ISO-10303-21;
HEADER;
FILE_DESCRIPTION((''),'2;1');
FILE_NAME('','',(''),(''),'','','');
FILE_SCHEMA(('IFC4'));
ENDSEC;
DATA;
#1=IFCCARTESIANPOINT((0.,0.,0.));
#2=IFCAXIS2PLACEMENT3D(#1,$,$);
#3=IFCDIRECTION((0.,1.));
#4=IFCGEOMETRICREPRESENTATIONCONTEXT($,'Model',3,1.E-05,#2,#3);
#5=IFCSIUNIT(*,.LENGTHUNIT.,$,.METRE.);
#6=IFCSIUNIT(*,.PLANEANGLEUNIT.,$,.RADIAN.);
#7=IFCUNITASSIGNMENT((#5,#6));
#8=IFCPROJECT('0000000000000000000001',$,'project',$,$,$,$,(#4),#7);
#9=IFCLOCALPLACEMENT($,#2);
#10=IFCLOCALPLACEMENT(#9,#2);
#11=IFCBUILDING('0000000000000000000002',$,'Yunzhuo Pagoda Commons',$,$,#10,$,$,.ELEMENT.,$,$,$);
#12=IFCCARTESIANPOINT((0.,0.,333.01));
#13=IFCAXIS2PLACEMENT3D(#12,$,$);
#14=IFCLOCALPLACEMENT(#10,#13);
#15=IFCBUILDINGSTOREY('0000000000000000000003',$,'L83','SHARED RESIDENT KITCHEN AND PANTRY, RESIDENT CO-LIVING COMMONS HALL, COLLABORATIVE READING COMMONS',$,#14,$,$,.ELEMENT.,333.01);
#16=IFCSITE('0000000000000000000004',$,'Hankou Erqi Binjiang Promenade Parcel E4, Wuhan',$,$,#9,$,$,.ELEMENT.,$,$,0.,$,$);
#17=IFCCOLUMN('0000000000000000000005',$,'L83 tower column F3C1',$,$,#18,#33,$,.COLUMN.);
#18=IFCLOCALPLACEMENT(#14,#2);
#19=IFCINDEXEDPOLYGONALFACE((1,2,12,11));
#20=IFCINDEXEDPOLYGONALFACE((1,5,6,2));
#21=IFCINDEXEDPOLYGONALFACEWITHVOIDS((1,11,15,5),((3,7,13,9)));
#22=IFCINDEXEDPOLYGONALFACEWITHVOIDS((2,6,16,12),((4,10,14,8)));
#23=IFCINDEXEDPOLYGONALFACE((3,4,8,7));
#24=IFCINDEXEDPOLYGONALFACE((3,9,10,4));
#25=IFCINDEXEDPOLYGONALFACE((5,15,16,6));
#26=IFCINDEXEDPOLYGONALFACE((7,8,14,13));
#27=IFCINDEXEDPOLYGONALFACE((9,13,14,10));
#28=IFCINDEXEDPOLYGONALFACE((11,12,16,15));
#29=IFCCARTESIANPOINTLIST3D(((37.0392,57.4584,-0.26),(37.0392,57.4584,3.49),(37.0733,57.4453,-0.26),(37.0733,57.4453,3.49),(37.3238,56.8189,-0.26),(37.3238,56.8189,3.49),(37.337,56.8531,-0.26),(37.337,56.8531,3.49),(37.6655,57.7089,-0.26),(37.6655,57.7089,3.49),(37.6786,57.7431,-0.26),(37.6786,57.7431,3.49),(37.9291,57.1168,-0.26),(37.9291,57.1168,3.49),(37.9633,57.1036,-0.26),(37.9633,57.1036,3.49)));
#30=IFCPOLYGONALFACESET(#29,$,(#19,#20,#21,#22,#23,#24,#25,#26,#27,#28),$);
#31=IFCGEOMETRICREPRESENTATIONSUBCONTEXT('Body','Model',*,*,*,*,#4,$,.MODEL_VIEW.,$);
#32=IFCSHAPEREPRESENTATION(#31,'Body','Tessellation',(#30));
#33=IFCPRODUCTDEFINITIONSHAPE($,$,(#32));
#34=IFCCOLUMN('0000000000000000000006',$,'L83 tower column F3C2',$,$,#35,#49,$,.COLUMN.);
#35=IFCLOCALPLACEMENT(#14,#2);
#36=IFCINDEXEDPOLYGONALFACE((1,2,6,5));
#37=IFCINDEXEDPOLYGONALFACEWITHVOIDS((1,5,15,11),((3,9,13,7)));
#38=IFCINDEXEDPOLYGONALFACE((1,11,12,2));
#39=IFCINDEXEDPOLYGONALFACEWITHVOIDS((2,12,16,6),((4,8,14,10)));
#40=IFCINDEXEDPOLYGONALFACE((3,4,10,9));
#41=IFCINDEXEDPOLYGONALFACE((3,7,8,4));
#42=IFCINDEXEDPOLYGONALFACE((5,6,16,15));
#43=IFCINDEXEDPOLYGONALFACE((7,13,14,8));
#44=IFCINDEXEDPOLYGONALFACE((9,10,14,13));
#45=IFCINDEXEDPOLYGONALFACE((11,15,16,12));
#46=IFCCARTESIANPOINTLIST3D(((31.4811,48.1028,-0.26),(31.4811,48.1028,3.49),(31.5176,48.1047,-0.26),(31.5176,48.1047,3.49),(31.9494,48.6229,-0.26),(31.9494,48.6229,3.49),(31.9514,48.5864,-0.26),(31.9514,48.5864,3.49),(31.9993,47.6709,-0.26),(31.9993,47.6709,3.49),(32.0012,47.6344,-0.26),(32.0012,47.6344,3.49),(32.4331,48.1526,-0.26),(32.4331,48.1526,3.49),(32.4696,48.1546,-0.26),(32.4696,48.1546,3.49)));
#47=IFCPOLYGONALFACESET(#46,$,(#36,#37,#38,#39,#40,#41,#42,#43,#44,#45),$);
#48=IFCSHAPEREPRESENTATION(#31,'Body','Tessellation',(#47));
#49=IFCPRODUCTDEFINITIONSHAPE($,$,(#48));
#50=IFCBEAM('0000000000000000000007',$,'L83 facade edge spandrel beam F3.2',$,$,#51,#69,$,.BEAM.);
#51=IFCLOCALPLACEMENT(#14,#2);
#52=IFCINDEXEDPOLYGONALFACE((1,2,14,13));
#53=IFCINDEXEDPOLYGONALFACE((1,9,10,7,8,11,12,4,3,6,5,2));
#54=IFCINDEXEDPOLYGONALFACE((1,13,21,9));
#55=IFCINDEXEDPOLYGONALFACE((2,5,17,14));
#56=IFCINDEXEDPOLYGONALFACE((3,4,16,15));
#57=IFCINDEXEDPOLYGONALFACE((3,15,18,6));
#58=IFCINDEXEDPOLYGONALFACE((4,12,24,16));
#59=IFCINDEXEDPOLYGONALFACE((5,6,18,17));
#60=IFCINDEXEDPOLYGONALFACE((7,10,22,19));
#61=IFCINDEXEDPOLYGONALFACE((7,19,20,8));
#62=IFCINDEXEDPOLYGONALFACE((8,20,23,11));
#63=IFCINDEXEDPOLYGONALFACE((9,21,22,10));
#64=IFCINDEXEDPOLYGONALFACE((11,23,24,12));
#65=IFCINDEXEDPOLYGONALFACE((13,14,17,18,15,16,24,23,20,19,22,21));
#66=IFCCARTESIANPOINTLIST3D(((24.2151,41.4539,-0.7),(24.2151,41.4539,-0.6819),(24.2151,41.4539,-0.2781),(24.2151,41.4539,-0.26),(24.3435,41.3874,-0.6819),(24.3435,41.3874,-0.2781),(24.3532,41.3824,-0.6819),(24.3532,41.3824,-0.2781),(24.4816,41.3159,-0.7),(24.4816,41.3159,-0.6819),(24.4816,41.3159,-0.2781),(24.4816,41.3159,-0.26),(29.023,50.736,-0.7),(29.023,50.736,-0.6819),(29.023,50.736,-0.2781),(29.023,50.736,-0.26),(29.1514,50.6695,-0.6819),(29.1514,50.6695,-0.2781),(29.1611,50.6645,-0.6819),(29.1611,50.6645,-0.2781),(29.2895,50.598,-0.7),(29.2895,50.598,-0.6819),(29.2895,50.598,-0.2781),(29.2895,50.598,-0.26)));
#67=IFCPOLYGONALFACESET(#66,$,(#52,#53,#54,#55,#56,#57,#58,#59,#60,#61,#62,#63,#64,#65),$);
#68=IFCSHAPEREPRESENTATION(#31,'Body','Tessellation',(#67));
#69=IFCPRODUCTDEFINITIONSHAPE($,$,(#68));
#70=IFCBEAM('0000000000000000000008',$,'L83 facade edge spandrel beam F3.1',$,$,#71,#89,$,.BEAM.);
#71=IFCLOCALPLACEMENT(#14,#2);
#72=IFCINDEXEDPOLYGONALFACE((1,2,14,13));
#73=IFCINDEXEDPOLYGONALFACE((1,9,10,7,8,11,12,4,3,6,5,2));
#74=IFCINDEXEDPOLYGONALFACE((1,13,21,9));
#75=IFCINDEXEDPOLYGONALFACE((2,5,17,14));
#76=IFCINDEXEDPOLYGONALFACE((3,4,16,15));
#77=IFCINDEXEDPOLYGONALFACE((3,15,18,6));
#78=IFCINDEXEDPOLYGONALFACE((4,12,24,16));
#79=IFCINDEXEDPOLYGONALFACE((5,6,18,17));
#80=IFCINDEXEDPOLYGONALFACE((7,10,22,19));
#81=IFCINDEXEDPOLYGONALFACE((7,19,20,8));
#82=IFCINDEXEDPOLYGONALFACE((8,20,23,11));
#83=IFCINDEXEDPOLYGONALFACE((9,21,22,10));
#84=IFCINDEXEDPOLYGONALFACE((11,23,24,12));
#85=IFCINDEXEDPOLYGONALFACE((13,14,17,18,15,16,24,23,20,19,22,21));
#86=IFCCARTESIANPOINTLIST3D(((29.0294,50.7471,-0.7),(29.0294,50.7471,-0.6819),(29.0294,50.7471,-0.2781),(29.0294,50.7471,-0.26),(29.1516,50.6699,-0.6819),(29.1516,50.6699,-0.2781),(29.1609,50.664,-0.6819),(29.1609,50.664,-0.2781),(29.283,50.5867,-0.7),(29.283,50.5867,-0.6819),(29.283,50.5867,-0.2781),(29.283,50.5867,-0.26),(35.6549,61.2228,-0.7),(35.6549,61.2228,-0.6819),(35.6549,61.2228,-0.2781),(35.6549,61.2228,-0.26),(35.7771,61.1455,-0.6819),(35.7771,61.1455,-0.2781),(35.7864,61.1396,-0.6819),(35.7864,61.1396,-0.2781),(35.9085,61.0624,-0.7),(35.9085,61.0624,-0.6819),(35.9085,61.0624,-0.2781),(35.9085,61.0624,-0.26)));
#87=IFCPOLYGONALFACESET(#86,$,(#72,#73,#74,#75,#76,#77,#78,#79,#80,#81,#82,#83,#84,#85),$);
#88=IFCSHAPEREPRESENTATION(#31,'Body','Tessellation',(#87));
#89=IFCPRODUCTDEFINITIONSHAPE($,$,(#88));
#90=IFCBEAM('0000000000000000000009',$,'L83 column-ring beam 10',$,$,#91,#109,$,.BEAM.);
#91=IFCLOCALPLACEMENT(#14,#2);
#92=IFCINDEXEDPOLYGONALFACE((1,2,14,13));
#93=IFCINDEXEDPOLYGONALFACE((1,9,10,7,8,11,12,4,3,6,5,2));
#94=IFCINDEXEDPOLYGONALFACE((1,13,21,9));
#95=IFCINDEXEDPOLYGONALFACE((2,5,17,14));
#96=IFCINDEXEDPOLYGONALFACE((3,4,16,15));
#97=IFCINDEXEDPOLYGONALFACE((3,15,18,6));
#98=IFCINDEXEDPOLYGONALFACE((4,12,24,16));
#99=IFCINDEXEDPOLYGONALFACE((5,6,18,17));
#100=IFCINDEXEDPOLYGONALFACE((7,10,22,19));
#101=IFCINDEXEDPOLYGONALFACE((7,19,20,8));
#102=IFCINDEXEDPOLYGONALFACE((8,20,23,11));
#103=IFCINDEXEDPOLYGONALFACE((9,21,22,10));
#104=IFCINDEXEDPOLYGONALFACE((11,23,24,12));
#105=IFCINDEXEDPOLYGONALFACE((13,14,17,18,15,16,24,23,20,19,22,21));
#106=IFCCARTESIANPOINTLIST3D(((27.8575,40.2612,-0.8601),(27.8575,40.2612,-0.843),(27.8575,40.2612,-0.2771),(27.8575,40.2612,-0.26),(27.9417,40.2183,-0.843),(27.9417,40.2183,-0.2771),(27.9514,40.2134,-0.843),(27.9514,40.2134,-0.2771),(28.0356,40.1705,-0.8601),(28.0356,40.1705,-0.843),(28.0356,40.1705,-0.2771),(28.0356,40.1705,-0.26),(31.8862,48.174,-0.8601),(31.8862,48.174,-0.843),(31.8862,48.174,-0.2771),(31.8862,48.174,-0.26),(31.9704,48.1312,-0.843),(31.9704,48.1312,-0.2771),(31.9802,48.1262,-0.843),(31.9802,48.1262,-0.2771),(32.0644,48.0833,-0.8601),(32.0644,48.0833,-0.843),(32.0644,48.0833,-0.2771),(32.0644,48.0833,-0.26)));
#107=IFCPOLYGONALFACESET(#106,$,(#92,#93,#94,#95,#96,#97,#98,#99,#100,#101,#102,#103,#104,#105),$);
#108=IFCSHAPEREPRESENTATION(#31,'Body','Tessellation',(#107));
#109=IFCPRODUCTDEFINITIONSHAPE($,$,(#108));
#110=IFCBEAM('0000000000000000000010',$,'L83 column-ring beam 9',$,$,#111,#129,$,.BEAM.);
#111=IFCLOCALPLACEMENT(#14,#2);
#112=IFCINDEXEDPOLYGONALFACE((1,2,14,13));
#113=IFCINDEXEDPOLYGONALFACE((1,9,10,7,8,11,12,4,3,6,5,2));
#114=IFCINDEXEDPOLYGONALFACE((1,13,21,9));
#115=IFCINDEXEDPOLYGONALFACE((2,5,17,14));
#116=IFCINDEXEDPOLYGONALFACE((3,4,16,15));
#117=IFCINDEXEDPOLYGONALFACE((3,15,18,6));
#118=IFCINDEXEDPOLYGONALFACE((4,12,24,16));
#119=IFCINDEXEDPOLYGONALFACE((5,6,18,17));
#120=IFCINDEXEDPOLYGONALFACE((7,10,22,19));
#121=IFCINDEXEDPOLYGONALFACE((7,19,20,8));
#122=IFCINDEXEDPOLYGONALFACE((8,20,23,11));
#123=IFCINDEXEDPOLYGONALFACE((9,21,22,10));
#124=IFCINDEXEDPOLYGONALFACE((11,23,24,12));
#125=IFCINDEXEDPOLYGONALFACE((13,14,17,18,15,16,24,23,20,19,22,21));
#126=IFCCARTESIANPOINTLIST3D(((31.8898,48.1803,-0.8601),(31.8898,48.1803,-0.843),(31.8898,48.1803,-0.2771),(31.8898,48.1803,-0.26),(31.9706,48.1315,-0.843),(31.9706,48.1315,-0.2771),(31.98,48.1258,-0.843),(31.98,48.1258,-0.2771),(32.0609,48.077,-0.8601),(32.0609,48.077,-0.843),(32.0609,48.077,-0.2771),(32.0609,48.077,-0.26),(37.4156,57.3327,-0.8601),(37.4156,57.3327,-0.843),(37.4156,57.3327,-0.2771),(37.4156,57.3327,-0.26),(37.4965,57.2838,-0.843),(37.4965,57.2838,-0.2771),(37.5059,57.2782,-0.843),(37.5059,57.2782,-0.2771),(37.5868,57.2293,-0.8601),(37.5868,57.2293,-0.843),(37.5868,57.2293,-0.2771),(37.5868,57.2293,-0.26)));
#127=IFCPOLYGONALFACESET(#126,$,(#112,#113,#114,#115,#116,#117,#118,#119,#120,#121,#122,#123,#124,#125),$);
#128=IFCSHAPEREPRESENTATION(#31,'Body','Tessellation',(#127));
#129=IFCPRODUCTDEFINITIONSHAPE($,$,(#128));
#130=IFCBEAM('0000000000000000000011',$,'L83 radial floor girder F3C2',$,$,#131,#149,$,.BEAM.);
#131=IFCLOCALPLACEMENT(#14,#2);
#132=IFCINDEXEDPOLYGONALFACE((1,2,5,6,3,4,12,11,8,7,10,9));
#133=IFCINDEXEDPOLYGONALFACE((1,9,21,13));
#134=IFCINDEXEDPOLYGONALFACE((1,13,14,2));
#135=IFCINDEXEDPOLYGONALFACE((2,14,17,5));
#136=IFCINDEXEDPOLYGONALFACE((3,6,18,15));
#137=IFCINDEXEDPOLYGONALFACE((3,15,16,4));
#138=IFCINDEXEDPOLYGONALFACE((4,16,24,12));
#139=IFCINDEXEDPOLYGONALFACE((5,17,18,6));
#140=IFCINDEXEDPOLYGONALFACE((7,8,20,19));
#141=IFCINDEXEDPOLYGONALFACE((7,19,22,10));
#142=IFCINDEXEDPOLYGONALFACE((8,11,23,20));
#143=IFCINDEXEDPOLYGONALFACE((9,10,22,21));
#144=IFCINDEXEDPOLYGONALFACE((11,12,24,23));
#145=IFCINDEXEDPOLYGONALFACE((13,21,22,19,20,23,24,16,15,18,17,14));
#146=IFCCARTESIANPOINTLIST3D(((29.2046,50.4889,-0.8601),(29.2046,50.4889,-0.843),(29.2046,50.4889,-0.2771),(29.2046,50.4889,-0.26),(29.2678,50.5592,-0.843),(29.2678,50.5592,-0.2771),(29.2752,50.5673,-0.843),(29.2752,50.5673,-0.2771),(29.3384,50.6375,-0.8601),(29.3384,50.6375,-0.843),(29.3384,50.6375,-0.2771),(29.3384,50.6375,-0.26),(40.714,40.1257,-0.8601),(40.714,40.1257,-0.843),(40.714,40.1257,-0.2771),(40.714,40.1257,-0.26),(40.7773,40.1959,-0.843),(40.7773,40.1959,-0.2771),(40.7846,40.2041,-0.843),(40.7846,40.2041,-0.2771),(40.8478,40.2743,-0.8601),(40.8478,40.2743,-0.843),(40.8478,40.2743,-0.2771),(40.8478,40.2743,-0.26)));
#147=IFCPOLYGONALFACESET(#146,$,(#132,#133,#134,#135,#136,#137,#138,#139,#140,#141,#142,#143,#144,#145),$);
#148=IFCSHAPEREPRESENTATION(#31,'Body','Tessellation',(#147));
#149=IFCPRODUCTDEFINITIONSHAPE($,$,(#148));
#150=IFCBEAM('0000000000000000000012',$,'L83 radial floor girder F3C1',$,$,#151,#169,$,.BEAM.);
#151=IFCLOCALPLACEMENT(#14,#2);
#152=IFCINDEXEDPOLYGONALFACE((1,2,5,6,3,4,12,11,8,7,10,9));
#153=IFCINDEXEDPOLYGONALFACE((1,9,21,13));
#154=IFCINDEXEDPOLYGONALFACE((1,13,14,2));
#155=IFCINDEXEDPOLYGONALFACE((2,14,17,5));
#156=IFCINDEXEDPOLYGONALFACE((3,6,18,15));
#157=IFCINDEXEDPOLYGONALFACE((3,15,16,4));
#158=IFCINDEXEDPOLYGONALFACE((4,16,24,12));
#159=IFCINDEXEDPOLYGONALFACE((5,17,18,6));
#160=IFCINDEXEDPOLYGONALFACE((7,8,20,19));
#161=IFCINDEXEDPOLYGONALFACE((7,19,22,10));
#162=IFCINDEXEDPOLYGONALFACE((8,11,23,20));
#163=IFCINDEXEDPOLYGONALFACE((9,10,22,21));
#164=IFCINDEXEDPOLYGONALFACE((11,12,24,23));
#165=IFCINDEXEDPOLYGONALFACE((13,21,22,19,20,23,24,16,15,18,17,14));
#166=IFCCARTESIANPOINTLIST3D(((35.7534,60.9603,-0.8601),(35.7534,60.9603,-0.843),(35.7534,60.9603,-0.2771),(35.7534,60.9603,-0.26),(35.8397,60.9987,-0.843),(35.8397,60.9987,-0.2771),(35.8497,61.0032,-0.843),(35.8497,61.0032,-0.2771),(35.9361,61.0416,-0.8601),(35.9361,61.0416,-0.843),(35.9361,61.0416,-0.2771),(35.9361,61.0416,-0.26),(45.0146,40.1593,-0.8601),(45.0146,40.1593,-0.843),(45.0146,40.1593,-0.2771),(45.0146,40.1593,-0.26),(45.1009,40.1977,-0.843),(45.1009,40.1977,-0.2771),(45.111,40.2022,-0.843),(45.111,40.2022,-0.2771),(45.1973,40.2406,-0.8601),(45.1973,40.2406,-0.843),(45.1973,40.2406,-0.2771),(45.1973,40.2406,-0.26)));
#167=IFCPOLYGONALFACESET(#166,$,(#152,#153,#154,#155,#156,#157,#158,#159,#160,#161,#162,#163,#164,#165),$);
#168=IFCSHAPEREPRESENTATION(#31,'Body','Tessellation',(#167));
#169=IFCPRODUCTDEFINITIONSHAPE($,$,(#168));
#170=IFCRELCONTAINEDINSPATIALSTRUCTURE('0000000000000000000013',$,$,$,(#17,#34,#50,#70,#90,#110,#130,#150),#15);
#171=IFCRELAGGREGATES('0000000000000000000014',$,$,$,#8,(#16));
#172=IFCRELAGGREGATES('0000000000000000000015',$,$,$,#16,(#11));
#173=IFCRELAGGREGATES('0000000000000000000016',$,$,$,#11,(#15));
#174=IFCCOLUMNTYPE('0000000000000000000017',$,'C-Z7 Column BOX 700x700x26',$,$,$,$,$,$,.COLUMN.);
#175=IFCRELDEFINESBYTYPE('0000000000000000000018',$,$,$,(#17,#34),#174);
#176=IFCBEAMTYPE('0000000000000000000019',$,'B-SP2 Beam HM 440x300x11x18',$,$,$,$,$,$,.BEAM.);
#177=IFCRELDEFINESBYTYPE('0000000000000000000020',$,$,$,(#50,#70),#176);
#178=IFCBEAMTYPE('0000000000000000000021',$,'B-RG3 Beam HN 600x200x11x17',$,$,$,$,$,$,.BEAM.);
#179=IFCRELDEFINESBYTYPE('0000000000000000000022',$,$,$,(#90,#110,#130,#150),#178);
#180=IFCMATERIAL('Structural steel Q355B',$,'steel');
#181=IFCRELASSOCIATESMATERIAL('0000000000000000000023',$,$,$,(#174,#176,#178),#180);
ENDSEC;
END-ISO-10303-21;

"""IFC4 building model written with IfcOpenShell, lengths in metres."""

from ifc_helpers import new_model, si_unit, direction, frame, origin, origin_2d, place, context, subcontext, project, spatial, hollow_rectangle, i_section, extrude, source, transform, mapped, material, material_profile, profile_set, type_object, element, save


model = new_model("IFC4")

# Units and contexts
model_context = context("Model", 3, precision=1e-05, world=origin(), true_north=direction((0.0, 1.0)))
body_context = subcontext(model_context, "Body", "Model", "MODEL_VIEW")
ifc_project = project(units=[si_unit("LENGTHUNIT", "METRE"), si_unit("PLANEANGLEUNIT", "RADIAN")], contexts=[model_context])

# Site, building, storey
site_placement = place(None, origin())
site = spatial("IfcSite", under=ifc_project, at=site_placement, Name="Hankou Erqi Binjiang Promenade Parcel E4, Wuhan", CompositionType="ELEMENT", RefElevation=0.0)
building_placement = place(site_placement, origin())
building = spatial("IfcBuilding", under=site, at=building_placement, Name="Yunzhuo Pagoda Commons", CompositionType="ELEMENT")
storey_placement = place(building_placement, frame((0.0, 0.0, 333.01)))
storey = spatial("IfcBuildingStorey", under=building, at=storey_placement, Name="L83", Description="SHARED RESIDENT KITCHEN AND PANTRY, RESIDENT CO-LIVING COMMONS HALL, COLLABORATIVE READING COMMONS", CompositionType="ELEMENT", Elevation=333.01)

# Columns
ifc_material_1 = material(Name="Structural steel Q355B", Category="steel")
ifc_material_profile_1 = material_profile(ifc_material_1, hollow_rectangle(XDim=0.7, YDim=0.7, WallThickness=0.0259, at=origin_2d()), Name="Structural steel Q355B")
ifc_profile_set_1 = profile_set([ifc_material_profile_1], Name="Structural steel Q355B")
column_type = type_object("IfcColumnType", Name="C-Z7 Column BOX 700x700x26", PredefinedType="COLUMN", material=ifc_profile_set_1)
shared_shape_1 = source(origin(), body_context, "Body", "SweptSolid", [
    extrude(hollow_rectangle(XDim=0.7, YDim=0.7, WallThickness=0.0259, at=origin_2d()), origin(), (0.0, 0.0, 1.0), 3.75),
])
for number, where, z_axis, x_axis, name in (
    (1, (37.5012, 57.281, -0.26), (0.0, 0.0, 1.0), (-0.913545, -0.406737, 0.0), "L83 tower column F3C1"),
    (2, (31.9753, 48.1287, -0.26), (0.0, 0.0, 1.0), (-0.669131, -0.743145, 0.0), "L83 tower column F3C2"),
):
    element("IfcColumn", number, at=place(storey_placement, frame(where, z_axis=z_axis, x_axis=x_axis)), inside=storey, type_object=column_type, Name=name, PredefinedType="COLUMN", context=body_context, shape_type="MappedRepresentation", body=[
        mapped(shared_shape_1, transform((0.0, 0.0, 0.0), scale=1.0)),
    ])

# Beams
ifc_material_profile_2 = material_profile(ifc_material_1, i_section(OverallWidth=0.3, OverallDepth=0.4399, WebThickness=0.011, FlangeThickness=0.0181, at=origin_2d()), Name="Structural steel Q355B")
ifc_profile_set_2 = profile_set([ifc_material_profile_2], Name="Structural steel Q355B")
beam_type_1 = type_object("IfcBeamType", Name="B-SP2 Beam HM 440x300x11x18", PredefinedType="BEAM", material=ifc_profile_set_2)
shared_shape_2 = source(origin(), body_context, "Body", "SweptSolid", [
    extrude(i_section(OverallWidth=0.3, OverallDepth=0.4399, WebThickness=0.011, FlangeThickness=0.0181, at=origin_2d()), origin(), (0.0, 0.0, 1.0), 10.4534),
])
beam_1_placement = place(storey_placement, frame((29.1562, 50.667, -0.48), z_axis=(-0.459939, -0.887951, 0.0), x_axis=(0.887951, -0.459939, 0.0)))
element("IfcBeam", 3, at=beam_1_placement, inside=storey, type_object=beam_type_1, Name="L83 facade edge spandrel beam F3.2", PredefinedType="BEAM", context=body_context, shape_type="MappedRepresentation", body=[
    mapped(shared_shape_2, transform((0.0, 0.0, 0.0), scale=1.0)),
])
shared_shape_3 = source(origin(), body_context, "Body", "SweptSolid", [
    extrude(i_section(OverallWidth=0.3, OverallDepth=0.4399, WebThickness=0.011, FlangeThickness=0.0181, at=origin_2d()), origin(), (0.0, 0.0, 1.0), 12.395),
])
beam_2_placement = place(storey_placement, frame((35.7817, 61.1426, -0.48), z_axis=(-0.534531, -0.845149, 0.0), x_axis=(0.845149, -0.534531, 0.0)))
element("IfcBeam", 4, at=beam_2_placement, inside=storey, type_object=beam_type_1, Name="L83 facade edge spandrel beam F3.1", PredefinedType="BEAM", context=body_context, shape_type="MappedRepresentation", body=[
    mapped(shared_shape_3, transform((0.0, 0.0, 0.0), scale=1.0)),
])
ifc_material_profile_3 = material_profile(ifc_material_1, i_section(OverallWidth=0.2, OverallDepth=0.6001, WebThickness=0.011, FlangeThickness=0.0171, at=origin_2d()), Name="Structural steel Q355B")
ifc_profile_set_3 = profile_set([ifc_material_profile_3], Name="Structural steel Q355B")
beam_type_2 = type_object("IfcBeamType", Name="B-RG3 Beam HN 600x200x11x17", PredefinedType="BEAM", material=ifc_profile_set_3)
shared_shape_4 = source(origin(), body_context, "Body", "SweptSolid", [
    extrude(i_section(OverallWidth=0.2, OverallDepth=0.6001, WebThickness=0.011, FlangeThickness=0.0171, at=origin_2d()), origin(), (0.0, 0.0, 1.0), 8.8794),
])
beam_3_placement = place(storey_placement, frame((31.9753, 48.1287, -0.5601), z_axis=(-0.453724, -0.891142, 0.0), x_axis=(0.891142, -0.453724, 0.0)))
element("IfcBeam", 5, at=beam_3_placement, inside=storey, type_object=beam_type_2, Name="L83 column-ring beam 10", PredefinedType="BEAM", context=body_context, shape_type="MappedRepresentation", body=[
    mapped(shared_shape_4, transform((0.0, 0.0, 0.0), scale=1.0)),
])
shared_shape_5 = source(origin(), body_context, "Body", "SweptSolid", [
    extrude(i_section(OverallWidth=0.2, OverallDepth=0.6001, WebThickness=0.011, FlangeThickness=0.0171, at=origin_2d()), origin(), (0.0, 0.0, 1.0), 10.6912),
])
beam_4_placement = place(storey_placement, frame((37.5012, 57.281, -0.5601), z_axis=(-0.516865, -0.856067, 0.0), x_axis=(0.856067, -0.516865, 0.0)))
element("IfcBeam", 6, at=beam_4_placement, inside=storey, type_object=beam_type_2, Name="L83 column-ring beam 9", PredefinedType="BEAM", context=body_context, shape_type="MappedRepresentation", body=[
    mapped(shared_shape_5, transform((0.0, 0.0, 0.0), scale=1.0)),
])
shared_shape_6 = source(origin(), body_context, "Body", "SweptSolid", [
    extrude(i_section(OverallWidth=0.2, OverallDepth=0.6001, WebThickness=0.011, FlangeThickness=0.0171, at=origin_2d()), origin(), (0.0, 0.0, 1.0), 15.4875),
])
beam_5_placement = place(storey_placement, frame((29.2715, 50.5632, -0.5601), z_axis=(0.743143, -0.669133, 0.0), x_axis=(0.669133, 0.743143, 0.0)))
element("IfcBeam", 7, at=beam_5_placement, inside=storey, type_object=beam_type_2, Name="L83 radial floor girder F3C2", PredefinedType="BEAM", context=body_context, shape_type="MappedRepresentation", body=[
    mapped(shared_shape_6, transform((0.0, 0.0, 0.0), scale=1.0)),
])
shared_shape_7 = source(origin(), body_context, "Body", "SweptSolid", [
    extrude(i_section(OverallWidth=0.2, OverallDepth=0.6001, WebThickness=0.011, FlangeThickness=0.0171, at=origin_2d()), origin(), (0.0, 0.0, 1.0), 22.7695),
])
beam_6_placement = place(storey_placement, frame((35.8447, 61.001, -0.5601), z_axis=(0.406737, -0.913545, 0.0), x_axis=(0.913545, 0.406737, 0.0)))
element("IfcBeam", 8, at=beam_6_placement, inside=storey, type_object=beam_type_2, Name="L83 radial floor girder F3C1", PredefinedType="BEAM", context=body_context, shape_type="MappedRepresentation", body=[
    mapped(shared_shape_7, transform((0.0, 0.0, 0.0), scale=1.0)),
])

save(model, "model.ifc")
